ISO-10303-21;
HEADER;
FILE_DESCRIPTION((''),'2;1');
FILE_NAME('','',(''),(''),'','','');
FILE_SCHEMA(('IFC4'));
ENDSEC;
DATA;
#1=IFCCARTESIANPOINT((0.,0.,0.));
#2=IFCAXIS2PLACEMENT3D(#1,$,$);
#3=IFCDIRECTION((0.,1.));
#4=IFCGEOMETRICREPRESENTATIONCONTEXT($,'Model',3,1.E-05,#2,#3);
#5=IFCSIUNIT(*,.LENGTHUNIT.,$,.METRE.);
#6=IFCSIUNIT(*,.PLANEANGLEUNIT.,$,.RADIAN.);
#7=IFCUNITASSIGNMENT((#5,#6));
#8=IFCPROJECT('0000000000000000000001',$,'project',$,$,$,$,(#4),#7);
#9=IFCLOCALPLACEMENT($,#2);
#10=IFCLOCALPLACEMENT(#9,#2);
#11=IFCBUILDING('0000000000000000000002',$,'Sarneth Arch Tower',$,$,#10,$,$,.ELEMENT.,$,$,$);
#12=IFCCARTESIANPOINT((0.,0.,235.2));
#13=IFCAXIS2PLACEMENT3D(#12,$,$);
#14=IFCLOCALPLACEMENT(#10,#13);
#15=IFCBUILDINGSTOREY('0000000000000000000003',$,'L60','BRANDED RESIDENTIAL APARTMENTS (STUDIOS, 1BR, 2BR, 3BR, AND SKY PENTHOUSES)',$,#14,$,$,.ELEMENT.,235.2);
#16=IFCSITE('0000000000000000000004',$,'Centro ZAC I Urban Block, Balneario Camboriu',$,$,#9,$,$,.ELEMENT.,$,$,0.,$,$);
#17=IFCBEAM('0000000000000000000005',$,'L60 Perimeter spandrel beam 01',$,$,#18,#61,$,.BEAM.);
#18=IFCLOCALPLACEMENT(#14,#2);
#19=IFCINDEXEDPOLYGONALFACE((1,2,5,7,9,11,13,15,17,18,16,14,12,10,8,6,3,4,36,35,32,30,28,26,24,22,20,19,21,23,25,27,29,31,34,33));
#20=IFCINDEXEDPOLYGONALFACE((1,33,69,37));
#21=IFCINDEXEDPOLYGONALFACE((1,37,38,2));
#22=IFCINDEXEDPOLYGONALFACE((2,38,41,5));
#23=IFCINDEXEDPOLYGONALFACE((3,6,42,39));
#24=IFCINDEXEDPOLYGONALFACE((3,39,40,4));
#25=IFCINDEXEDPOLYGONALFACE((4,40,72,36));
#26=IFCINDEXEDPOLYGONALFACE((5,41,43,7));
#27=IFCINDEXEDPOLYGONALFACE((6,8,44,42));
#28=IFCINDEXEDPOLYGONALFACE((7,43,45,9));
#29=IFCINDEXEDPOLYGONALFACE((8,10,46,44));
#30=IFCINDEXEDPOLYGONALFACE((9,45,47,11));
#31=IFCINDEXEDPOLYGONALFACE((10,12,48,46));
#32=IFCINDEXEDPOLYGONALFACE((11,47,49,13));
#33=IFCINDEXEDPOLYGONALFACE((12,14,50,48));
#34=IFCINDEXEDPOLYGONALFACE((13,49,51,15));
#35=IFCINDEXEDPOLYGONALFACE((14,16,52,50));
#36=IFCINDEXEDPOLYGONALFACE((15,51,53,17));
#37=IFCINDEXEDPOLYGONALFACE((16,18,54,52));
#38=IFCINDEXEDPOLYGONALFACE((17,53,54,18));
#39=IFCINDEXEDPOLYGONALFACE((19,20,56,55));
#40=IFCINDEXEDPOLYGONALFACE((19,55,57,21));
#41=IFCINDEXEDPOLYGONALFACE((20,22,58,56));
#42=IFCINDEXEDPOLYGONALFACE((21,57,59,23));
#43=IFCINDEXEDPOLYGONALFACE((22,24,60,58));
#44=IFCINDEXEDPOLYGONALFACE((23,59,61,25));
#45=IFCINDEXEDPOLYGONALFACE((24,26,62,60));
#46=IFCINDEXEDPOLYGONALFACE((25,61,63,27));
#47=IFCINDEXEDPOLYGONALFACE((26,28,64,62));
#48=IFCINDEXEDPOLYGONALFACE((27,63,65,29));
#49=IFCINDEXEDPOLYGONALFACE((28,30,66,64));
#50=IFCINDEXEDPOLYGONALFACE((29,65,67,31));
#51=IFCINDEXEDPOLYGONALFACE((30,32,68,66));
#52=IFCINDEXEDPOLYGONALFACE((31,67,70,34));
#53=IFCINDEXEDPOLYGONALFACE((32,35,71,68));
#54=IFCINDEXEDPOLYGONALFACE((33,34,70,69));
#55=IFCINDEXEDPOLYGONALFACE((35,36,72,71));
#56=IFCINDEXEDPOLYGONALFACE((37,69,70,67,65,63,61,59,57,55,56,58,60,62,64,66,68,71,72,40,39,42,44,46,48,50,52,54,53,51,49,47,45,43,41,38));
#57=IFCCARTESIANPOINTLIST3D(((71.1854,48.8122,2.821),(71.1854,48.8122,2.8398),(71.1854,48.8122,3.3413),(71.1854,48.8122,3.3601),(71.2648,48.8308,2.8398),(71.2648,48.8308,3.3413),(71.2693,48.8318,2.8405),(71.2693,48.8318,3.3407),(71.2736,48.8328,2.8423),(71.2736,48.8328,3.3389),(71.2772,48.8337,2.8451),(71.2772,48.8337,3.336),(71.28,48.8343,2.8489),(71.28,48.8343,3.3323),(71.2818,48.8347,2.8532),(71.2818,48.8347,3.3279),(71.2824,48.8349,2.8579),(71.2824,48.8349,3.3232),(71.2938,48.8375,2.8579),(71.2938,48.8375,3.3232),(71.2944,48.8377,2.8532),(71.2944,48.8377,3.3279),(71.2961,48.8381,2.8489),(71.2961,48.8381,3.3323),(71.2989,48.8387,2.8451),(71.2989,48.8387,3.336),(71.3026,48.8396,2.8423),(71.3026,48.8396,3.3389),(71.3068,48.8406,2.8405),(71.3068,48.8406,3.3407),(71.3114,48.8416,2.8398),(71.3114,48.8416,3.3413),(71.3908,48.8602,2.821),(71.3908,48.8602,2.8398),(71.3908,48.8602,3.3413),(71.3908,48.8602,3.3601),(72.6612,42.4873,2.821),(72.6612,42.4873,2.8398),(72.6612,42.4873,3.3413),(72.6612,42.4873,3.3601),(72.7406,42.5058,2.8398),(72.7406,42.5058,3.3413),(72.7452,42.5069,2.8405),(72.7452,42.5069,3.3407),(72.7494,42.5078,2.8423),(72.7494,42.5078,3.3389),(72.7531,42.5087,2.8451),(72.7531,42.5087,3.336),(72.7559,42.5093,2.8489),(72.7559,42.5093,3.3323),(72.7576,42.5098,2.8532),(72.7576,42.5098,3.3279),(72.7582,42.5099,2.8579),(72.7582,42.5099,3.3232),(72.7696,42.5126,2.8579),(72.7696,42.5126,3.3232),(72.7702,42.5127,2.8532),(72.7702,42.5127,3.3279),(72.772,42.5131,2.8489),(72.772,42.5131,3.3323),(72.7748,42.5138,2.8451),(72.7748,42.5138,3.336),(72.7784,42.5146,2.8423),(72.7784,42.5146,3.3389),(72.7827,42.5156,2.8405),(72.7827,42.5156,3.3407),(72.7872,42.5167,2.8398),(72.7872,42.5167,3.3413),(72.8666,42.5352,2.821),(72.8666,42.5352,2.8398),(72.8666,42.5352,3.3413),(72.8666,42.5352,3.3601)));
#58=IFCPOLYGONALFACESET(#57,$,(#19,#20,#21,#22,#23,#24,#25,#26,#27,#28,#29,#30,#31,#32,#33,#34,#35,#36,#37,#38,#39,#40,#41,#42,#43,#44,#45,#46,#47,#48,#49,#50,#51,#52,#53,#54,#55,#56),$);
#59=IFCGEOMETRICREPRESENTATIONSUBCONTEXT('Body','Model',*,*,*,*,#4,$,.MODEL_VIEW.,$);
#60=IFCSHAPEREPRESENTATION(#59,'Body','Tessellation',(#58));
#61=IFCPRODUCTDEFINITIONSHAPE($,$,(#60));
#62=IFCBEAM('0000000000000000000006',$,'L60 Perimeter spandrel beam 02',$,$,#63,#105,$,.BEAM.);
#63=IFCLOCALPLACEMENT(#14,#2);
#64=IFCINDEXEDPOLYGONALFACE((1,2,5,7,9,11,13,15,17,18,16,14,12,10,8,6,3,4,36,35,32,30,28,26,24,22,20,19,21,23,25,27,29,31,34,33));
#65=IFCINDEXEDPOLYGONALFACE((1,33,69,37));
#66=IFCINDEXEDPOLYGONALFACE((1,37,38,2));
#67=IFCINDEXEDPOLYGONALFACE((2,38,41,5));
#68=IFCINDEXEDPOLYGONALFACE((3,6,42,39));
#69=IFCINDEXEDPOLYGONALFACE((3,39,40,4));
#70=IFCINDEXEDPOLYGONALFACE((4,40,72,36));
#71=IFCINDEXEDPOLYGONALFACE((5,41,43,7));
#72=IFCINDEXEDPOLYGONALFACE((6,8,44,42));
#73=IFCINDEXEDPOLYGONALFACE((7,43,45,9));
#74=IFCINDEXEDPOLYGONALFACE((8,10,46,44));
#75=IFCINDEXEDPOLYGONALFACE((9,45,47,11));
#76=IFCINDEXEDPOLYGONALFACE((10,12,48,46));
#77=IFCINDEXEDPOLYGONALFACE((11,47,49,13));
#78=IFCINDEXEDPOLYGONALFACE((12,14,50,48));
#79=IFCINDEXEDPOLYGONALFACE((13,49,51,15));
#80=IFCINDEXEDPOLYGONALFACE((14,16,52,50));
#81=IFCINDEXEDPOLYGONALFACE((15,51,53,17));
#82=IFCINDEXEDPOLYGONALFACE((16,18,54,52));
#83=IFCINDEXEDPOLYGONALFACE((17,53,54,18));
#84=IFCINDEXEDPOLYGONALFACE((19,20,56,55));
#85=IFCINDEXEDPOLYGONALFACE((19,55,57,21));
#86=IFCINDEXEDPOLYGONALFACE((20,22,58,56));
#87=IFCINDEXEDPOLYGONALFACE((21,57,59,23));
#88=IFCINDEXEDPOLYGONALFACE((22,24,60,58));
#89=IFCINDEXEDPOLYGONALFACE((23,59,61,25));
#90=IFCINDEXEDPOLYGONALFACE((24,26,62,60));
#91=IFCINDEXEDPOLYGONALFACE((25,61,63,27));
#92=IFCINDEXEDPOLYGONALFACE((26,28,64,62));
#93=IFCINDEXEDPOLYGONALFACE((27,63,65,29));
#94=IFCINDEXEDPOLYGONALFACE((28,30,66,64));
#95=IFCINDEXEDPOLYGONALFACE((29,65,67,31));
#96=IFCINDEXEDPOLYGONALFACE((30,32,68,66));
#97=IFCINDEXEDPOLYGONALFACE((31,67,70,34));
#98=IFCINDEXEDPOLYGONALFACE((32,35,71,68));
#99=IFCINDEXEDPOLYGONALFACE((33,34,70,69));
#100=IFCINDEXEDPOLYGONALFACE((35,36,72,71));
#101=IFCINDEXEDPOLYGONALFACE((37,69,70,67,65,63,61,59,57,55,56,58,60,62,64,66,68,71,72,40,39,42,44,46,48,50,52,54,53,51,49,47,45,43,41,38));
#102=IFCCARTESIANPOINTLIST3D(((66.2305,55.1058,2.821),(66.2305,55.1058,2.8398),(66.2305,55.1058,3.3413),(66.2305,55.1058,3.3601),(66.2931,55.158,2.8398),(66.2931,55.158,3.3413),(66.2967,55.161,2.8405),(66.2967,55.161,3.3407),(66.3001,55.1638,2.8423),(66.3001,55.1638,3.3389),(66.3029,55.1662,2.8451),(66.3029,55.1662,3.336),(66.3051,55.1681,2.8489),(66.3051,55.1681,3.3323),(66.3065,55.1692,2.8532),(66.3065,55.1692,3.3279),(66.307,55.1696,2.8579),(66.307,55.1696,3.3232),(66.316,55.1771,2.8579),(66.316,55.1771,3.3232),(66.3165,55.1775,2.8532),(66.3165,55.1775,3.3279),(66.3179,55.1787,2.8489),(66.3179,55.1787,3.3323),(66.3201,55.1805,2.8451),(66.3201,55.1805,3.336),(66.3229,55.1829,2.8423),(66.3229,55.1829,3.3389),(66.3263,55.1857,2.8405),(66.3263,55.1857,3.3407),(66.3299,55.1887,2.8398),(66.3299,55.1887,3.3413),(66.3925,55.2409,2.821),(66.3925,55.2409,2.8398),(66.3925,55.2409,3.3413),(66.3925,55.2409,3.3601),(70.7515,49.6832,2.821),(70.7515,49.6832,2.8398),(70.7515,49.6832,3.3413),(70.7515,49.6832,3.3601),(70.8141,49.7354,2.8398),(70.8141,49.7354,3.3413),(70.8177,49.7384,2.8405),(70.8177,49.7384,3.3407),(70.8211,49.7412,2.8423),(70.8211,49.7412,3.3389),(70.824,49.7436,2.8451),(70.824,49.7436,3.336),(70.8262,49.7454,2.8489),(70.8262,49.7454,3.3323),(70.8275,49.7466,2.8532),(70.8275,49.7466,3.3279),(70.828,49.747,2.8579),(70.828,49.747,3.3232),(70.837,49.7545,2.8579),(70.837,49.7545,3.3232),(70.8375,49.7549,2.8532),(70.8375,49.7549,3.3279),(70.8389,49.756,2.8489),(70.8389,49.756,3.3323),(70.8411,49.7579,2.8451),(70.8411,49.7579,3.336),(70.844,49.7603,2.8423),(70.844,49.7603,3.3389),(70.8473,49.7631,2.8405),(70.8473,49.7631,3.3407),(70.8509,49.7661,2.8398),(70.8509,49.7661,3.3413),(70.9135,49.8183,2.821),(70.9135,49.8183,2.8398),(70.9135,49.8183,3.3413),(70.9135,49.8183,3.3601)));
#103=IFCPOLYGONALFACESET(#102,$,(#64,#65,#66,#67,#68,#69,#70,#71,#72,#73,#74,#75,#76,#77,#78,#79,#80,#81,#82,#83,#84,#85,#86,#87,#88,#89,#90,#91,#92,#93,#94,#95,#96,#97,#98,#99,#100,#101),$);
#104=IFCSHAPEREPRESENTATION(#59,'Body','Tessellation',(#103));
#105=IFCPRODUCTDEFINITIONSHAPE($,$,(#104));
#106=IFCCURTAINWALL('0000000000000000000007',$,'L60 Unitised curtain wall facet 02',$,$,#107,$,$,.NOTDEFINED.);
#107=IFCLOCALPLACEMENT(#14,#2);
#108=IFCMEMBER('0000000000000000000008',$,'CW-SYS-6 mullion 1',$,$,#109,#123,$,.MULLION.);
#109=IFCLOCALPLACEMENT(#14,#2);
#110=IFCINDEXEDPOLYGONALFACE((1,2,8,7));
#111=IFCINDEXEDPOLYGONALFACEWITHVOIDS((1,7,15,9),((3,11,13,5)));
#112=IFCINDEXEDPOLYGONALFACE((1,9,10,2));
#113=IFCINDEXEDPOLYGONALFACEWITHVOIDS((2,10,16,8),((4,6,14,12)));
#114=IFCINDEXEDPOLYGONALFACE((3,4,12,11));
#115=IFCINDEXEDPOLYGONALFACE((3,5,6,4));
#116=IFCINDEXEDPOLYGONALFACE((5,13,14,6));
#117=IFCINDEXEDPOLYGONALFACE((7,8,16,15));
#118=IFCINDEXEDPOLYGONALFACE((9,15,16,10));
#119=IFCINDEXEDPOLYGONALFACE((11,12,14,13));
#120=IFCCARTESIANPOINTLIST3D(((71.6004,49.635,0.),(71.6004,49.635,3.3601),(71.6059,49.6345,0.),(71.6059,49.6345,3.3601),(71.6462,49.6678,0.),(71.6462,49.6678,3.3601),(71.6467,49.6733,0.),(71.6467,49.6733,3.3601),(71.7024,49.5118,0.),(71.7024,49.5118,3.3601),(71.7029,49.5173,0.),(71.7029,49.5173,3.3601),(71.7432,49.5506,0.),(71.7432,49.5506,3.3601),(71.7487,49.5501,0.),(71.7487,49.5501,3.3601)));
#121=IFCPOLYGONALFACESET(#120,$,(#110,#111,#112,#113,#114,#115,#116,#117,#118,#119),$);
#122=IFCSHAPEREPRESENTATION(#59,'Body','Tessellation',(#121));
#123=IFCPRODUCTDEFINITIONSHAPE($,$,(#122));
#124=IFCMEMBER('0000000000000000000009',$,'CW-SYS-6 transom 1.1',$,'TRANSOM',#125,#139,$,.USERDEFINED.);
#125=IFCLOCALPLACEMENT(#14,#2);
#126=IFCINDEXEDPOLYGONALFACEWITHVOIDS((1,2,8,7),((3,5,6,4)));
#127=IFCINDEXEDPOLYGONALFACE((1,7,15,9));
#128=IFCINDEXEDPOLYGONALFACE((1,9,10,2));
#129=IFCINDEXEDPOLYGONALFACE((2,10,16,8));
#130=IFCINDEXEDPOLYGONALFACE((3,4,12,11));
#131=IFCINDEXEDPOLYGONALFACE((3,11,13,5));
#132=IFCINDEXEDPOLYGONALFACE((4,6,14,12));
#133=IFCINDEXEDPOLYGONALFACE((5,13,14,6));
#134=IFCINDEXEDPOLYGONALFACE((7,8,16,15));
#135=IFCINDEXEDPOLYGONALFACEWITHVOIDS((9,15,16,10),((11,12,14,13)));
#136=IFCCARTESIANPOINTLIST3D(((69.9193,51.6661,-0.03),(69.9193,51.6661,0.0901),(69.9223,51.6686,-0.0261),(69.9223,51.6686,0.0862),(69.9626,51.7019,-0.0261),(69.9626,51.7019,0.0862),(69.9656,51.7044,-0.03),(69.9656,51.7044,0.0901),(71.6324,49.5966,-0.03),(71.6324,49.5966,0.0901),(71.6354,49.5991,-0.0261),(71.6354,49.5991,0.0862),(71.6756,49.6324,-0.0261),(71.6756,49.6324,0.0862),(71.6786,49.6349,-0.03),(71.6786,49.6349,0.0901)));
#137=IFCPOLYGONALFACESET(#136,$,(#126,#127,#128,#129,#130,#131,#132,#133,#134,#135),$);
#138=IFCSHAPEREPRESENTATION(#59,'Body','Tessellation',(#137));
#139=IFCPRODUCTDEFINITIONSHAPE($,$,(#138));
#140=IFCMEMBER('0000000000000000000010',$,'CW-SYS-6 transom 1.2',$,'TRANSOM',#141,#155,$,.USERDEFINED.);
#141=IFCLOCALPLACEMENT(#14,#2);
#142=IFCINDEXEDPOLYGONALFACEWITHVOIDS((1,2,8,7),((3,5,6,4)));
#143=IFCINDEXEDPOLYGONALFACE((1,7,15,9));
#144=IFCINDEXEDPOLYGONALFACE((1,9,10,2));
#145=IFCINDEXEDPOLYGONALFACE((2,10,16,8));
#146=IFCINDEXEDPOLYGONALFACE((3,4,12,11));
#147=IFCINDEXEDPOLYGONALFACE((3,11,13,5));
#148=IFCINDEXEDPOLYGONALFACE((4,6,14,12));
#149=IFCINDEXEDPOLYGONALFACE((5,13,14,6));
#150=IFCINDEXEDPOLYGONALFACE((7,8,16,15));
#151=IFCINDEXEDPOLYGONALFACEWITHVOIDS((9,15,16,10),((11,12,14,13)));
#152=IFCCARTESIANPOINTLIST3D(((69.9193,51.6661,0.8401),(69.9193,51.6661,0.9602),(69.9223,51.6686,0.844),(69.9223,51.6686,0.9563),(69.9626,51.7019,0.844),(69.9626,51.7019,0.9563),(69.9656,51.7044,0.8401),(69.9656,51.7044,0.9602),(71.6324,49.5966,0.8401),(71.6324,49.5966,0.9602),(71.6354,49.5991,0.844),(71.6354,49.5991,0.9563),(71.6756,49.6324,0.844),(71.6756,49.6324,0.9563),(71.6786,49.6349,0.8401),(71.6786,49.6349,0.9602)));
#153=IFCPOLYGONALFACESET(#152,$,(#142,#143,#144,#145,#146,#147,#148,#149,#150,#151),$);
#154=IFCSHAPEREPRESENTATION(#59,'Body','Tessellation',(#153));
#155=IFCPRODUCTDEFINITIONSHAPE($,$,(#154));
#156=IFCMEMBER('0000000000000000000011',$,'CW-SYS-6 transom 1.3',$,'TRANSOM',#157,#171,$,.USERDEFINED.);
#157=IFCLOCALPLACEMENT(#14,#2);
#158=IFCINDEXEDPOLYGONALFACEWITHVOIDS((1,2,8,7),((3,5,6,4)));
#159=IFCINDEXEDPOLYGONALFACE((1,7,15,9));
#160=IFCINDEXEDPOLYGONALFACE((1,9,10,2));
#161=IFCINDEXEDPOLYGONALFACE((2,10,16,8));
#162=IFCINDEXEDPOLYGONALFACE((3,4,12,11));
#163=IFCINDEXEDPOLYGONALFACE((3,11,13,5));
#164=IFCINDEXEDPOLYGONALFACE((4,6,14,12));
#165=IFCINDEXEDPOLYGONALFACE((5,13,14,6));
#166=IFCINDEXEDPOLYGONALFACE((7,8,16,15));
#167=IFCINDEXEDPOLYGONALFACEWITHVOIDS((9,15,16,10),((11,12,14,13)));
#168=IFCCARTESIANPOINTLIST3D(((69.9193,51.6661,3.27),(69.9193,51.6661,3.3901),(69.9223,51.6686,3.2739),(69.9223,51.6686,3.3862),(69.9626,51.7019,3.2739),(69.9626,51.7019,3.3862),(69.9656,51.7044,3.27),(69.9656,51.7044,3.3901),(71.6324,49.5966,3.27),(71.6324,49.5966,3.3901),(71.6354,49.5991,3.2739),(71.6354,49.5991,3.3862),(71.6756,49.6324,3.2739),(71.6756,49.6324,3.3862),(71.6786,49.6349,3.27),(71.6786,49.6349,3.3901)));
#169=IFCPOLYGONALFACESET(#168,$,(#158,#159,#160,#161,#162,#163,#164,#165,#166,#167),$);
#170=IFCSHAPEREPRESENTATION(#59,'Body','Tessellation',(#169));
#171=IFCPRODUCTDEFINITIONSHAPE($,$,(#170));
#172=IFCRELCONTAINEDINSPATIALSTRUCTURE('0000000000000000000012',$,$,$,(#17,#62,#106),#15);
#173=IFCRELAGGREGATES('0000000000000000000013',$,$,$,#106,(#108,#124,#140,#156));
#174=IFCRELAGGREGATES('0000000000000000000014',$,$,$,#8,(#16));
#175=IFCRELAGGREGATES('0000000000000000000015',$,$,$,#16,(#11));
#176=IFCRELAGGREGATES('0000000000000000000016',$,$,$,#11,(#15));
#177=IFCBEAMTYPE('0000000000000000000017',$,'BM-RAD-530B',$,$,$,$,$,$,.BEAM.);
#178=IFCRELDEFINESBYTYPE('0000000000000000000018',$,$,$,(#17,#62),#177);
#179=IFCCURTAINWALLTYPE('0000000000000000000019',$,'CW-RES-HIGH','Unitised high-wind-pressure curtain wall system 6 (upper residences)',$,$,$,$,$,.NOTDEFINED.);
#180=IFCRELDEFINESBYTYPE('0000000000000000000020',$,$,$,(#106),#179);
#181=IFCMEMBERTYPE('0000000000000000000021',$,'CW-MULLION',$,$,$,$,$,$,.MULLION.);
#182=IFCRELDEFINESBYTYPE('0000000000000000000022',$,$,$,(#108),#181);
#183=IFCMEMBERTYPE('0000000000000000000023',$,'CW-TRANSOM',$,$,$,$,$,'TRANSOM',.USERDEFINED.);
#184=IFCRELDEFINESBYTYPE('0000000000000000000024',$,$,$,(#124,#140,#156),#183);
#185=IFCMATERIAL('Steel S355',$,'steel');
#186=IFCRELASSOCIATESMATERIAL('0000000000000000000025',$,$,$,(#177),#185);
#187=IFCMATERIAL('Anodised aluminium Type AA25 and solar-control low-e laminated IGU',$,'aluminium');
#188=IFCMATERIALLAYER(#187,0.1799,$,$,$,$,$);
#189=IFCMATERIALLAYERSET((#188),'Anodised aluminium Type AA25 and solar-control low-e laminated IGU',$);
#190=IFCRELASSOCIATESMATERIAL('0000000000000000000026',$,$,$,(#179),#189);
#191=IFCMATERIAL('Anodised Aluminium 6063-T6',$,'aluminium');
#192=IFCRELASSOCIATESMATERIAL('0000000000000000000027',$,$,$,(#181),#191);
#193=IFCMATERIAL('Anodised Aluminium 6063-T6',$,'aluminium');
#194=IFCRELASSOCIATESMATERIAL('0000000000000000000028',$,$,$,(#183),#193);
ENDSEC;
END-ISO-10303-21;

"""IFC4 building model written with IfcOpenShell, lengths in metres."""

from ifc_helpers import new_model, si_unit, direction, frame, origin, origin_2d, place, context, subcontext, project, spatial, hollow_rectangle, i_section, extrude, material, layer, layer_set, material_profile, profile_set, type_object, element, aggregate, save


model = new_model("IFC4")

# Units and contexts
model_context = context("Model", 3, precision=1e-05, world=origin(), true_north=direction((0.0, 1.0)))
body_context = subcontext(model_context, "Body", "Model", "MODEL_VIEW")
ifc_project = project(units=[si_unit("LENGTHUNIT", "METRE"), si_unit("PLANEANGLEUNIT", "RADIAN")], contexts=[model_context])

# Site, building, storey
site_placement = place(None, origin())
site = spatial("IfcSite", under=ifc_project, at=site_placement, Name="Centro ZAC I Urban Block, Balneario Camboriu", CompositionType="ELEMENT", RefElevation=0.0)
building_placement = place(site_placement, origin())
building = spatial("IfcBuilding", under=site, at=building_placement, Name="Sarneth Arch Tower", CompositionType="ELEMENT")
storey_placement = place(building_placement, frame((0.0, 0.0, 235.2)))
storey = spatial("IfcBuildingStorey", under=building, at=storey_placement, Name="L60", Description="BRANDED RESIDENTIAL APARTMENTS (STUDIOS, 1BR, 2BR, 3BR, AND SKY PENTHOUSES)", CompositionType="ELEMENT", Elevation=235.2)

# Beams
ifc_material_1 = material(Name="Steel S355", Category="steel")
ifc_material_profile_1 = material_profile(ifc_material_1, i_section(OverallWidth=0.2109, OverallDepth=0.5391, WebThickness=0.0117, FlangeThickness=0.0188, FilletRadius=0.0181, at=origin_2d()), Name="W530x109")
ifc_profile_set_1 = profile_set([ifc_material_profile_1], Name="Steel S355")
beam_type = type_object("IfcBeamType", Name="BM-RAD-530B", PredefinedType="BEAM", material=ifc_profile_set_1)
beam_1_placement = place(storey_placement, frame((72.7639, 42.5112, 3.0906), z_axis=(-0.227231, 0.973841, 0.0), x_axis=(-0.973841, -0.227231, 0.0)))
element("IfcBeam", 1, at=beam_1_placement, inside=storey, type_object=beam_type, Name="L60 Perimeter spandrel beam 01", PredefinedType="BEAM", context=body_context, shape_type="SweptSolid", body=[
    extrude(i_section(OverallWidth=0.2109, OverallDepth=0.5391, WebThickness=0.0117, FlangeThickness=0.0188, FilletRadius=0.0181, at=origin_2d()), origin(), (0.0, 0.0, 1.0), 6.4949),
])
beam_2_placement = place(storey_placement, frame((70.8325, 49.7507, 3.0906), z_axis=(-0.640365, 0.768071, 0.0), x_axis=(-0.768071, -0.640365, 0.0)))
element("IfcBeam", 2, at=beam_2_placement, inside=storey, type_object=beam_type, Name="L60 Perimeter spandrel beam 02", PredefinedType="BEAM", context=body_context, shape_type="SweptSolid", body=[
    extrude(i_section(OverallWidth=0.2109, OverallDepth=0.5391, WebThickness=0.0117, FlangeThickness=0.0188, FilletRadius=0.0181, at=origin_2d()), origin(), (0.0, 0.0, 1.0), 7.0601),
])

# Curtain wall, members
ifc_material_2 = material(Name="Anodised aluminium Type AA25 and solar-control low-e laminated IGU", Category="aluminium")
ifc_layer_1 = layer(ifc_material_2, 0.1799)
ifc_layer_set_1 = layer_set([ifc_layer_1], Name="Anodised aluminium Type AA25 and solar-control low-e laminated IGU")
curtain_wall_type = type_object("IfcCurtainWallType", Name="CW-RES-HIGH", Description="Unitised high-wind-pressure curtain wall system 6 (upper residences)", PredefinedType="NOTDEFINED", material=ifc_layer_set_1)
curtain_wall_placement = place(storey_placement, origin())
curtain_wall = element("IfcCurtainWall", 3, at=curtain_wall_placement, inside=storey, type_object=curtain_wall_type, Name="L60 Unitised curtain wall facet 02", PredefinedType="NOTDEFINED")
ifc_material_3 = material(Name="Anodised Aluminium 6063-T6", Category="aluminium")
ifc_material_profile_2 = material_profile(ifc_material_3, hollow_rectangle(XDim=0.0601, YDim=0.1599, WallThickness=0.0039, at=origin_2d()), Name="AL-MULL-160x60x4")
ifc_profile_set_2 = profile_set([ifc_material_profile_2], Name="Anodised Aluminium 6063-T6")
member_type_1 = type_object("IfcMemberType", Name="CW-MULLION", PredefinedType="MULLION", material=ifc_profile_set_2)
member_1_placement = place(storey_placement, frame((71.6746, 49.5925, 0.0), z_axis=(0.0, 0.0, 1.0), x_axis=(-0.770359, -0.63761, 0.0)))
member_1 = element("IfcMember", 4, at=member_1_placement, type_object=member_type_1, Name="CW-SYS-6 mullion 1", PredefinedType="MULLION", context=body_context, shape_type="SweptSolid", body=[
    extrude(hollow_rectangle(XDim=0.0601, YDim=0.1599, WallThickness=0.0039, at=origin_2d()), origin(), (0.0, 0.0, 1.0), 3.3601),
])
ifc_material_4 = material(Name="Anodised Aluminium 6063-T6", Category="aluminium")
ifc_material_profile_3 = material_profile(ifc_material_4, hollow_rectangle(XDim=0.0601, YDim=0.1201, WallThickness=0.0039, at=origin_2d()), Name="AL-TRAN-120x60x4")
ifc_profile_set_3 = profile_set([ifc_material_profile_3], Name="Anodised Aluminium 6063-T6")
member_type_2 = type_object("IfcMemberType", Name="CW-TRANSOM", ElementType="TRANSOM", PredefinedType="USERDEFINED", material=ifc_profile_set_3)
member_2_placement = place(storey_placement, frame((71.6555, 49.6157, 0.03), z_axis=(-0.637651, 0.770325, 0.0), x_axis=(-0.770325, -0.637651, 0.0)))
member_2 = element("IfcMember", 5, at=member_2_placement, type_object=member_type_2, Name="CW-SYS-6 transom 1.1", ObjectType="TRANSOM", PredefinedType="USERDEFINED", context=body_context, shape_type="SweptSolid", body=[
    extrude(hollow_rectangle(XDim=0.0601, YDim=0.1201, WallThickness=0.0039, at=origin_2d()), origin(), (0.0, 0.0, 1.0), 2.6865),
])
member_3_placement = place(storey_placement, frame((71.6555, 49.6157, 0.9001), z_axis=(-0.637651, 0.770325, 0.0), x_axis=(-0.770325, -0.637651, 0.0)))
member_3 = element("IfcMember", 6, at=member_3_placement, type_object=member_type_2, Name="CW-SYS-6 transom 1.2", ObjectType="TRANSOM", PredefinedType="USERDEFINED", context=body_context, shape_type="SweptSolid", body=[
    extrude(hollow_rectangle(XDim=0.0601, YDim=0.1201, WallThickness=0.0039, at=origin_2d()), origin(), (0.0, 0.0, 1.0), 2.6865),
])
member_4_placement = place(storey_placement, frame((71.6555, 49.6157, 3.3301), z_axis=(-0.637651, 0.770325, 0.0), x_axis=(-0.770325, -0.637651, 0.0)))
member_4 = element("IfcMember", 7, at=member_4_placement, type_object=member_type_2, Name="CW-SYS-6 transom 1.3", ObjectType="TRANSOM", PredefinedType="USERDEFINED", context=body_context, shape_type="SweptSolid", body=[
    extrude(hollow_rectangle(XDim=0.0601, YDim=0.1201, WallThickness=0.0039, at=origin_2d()), origin(), (0.0, 0.0, 1.0), 2.6865),
])
aggregate(curtain_wall, [member_1, member_2, member_3, member_4])

save(model, "model.ifc")
